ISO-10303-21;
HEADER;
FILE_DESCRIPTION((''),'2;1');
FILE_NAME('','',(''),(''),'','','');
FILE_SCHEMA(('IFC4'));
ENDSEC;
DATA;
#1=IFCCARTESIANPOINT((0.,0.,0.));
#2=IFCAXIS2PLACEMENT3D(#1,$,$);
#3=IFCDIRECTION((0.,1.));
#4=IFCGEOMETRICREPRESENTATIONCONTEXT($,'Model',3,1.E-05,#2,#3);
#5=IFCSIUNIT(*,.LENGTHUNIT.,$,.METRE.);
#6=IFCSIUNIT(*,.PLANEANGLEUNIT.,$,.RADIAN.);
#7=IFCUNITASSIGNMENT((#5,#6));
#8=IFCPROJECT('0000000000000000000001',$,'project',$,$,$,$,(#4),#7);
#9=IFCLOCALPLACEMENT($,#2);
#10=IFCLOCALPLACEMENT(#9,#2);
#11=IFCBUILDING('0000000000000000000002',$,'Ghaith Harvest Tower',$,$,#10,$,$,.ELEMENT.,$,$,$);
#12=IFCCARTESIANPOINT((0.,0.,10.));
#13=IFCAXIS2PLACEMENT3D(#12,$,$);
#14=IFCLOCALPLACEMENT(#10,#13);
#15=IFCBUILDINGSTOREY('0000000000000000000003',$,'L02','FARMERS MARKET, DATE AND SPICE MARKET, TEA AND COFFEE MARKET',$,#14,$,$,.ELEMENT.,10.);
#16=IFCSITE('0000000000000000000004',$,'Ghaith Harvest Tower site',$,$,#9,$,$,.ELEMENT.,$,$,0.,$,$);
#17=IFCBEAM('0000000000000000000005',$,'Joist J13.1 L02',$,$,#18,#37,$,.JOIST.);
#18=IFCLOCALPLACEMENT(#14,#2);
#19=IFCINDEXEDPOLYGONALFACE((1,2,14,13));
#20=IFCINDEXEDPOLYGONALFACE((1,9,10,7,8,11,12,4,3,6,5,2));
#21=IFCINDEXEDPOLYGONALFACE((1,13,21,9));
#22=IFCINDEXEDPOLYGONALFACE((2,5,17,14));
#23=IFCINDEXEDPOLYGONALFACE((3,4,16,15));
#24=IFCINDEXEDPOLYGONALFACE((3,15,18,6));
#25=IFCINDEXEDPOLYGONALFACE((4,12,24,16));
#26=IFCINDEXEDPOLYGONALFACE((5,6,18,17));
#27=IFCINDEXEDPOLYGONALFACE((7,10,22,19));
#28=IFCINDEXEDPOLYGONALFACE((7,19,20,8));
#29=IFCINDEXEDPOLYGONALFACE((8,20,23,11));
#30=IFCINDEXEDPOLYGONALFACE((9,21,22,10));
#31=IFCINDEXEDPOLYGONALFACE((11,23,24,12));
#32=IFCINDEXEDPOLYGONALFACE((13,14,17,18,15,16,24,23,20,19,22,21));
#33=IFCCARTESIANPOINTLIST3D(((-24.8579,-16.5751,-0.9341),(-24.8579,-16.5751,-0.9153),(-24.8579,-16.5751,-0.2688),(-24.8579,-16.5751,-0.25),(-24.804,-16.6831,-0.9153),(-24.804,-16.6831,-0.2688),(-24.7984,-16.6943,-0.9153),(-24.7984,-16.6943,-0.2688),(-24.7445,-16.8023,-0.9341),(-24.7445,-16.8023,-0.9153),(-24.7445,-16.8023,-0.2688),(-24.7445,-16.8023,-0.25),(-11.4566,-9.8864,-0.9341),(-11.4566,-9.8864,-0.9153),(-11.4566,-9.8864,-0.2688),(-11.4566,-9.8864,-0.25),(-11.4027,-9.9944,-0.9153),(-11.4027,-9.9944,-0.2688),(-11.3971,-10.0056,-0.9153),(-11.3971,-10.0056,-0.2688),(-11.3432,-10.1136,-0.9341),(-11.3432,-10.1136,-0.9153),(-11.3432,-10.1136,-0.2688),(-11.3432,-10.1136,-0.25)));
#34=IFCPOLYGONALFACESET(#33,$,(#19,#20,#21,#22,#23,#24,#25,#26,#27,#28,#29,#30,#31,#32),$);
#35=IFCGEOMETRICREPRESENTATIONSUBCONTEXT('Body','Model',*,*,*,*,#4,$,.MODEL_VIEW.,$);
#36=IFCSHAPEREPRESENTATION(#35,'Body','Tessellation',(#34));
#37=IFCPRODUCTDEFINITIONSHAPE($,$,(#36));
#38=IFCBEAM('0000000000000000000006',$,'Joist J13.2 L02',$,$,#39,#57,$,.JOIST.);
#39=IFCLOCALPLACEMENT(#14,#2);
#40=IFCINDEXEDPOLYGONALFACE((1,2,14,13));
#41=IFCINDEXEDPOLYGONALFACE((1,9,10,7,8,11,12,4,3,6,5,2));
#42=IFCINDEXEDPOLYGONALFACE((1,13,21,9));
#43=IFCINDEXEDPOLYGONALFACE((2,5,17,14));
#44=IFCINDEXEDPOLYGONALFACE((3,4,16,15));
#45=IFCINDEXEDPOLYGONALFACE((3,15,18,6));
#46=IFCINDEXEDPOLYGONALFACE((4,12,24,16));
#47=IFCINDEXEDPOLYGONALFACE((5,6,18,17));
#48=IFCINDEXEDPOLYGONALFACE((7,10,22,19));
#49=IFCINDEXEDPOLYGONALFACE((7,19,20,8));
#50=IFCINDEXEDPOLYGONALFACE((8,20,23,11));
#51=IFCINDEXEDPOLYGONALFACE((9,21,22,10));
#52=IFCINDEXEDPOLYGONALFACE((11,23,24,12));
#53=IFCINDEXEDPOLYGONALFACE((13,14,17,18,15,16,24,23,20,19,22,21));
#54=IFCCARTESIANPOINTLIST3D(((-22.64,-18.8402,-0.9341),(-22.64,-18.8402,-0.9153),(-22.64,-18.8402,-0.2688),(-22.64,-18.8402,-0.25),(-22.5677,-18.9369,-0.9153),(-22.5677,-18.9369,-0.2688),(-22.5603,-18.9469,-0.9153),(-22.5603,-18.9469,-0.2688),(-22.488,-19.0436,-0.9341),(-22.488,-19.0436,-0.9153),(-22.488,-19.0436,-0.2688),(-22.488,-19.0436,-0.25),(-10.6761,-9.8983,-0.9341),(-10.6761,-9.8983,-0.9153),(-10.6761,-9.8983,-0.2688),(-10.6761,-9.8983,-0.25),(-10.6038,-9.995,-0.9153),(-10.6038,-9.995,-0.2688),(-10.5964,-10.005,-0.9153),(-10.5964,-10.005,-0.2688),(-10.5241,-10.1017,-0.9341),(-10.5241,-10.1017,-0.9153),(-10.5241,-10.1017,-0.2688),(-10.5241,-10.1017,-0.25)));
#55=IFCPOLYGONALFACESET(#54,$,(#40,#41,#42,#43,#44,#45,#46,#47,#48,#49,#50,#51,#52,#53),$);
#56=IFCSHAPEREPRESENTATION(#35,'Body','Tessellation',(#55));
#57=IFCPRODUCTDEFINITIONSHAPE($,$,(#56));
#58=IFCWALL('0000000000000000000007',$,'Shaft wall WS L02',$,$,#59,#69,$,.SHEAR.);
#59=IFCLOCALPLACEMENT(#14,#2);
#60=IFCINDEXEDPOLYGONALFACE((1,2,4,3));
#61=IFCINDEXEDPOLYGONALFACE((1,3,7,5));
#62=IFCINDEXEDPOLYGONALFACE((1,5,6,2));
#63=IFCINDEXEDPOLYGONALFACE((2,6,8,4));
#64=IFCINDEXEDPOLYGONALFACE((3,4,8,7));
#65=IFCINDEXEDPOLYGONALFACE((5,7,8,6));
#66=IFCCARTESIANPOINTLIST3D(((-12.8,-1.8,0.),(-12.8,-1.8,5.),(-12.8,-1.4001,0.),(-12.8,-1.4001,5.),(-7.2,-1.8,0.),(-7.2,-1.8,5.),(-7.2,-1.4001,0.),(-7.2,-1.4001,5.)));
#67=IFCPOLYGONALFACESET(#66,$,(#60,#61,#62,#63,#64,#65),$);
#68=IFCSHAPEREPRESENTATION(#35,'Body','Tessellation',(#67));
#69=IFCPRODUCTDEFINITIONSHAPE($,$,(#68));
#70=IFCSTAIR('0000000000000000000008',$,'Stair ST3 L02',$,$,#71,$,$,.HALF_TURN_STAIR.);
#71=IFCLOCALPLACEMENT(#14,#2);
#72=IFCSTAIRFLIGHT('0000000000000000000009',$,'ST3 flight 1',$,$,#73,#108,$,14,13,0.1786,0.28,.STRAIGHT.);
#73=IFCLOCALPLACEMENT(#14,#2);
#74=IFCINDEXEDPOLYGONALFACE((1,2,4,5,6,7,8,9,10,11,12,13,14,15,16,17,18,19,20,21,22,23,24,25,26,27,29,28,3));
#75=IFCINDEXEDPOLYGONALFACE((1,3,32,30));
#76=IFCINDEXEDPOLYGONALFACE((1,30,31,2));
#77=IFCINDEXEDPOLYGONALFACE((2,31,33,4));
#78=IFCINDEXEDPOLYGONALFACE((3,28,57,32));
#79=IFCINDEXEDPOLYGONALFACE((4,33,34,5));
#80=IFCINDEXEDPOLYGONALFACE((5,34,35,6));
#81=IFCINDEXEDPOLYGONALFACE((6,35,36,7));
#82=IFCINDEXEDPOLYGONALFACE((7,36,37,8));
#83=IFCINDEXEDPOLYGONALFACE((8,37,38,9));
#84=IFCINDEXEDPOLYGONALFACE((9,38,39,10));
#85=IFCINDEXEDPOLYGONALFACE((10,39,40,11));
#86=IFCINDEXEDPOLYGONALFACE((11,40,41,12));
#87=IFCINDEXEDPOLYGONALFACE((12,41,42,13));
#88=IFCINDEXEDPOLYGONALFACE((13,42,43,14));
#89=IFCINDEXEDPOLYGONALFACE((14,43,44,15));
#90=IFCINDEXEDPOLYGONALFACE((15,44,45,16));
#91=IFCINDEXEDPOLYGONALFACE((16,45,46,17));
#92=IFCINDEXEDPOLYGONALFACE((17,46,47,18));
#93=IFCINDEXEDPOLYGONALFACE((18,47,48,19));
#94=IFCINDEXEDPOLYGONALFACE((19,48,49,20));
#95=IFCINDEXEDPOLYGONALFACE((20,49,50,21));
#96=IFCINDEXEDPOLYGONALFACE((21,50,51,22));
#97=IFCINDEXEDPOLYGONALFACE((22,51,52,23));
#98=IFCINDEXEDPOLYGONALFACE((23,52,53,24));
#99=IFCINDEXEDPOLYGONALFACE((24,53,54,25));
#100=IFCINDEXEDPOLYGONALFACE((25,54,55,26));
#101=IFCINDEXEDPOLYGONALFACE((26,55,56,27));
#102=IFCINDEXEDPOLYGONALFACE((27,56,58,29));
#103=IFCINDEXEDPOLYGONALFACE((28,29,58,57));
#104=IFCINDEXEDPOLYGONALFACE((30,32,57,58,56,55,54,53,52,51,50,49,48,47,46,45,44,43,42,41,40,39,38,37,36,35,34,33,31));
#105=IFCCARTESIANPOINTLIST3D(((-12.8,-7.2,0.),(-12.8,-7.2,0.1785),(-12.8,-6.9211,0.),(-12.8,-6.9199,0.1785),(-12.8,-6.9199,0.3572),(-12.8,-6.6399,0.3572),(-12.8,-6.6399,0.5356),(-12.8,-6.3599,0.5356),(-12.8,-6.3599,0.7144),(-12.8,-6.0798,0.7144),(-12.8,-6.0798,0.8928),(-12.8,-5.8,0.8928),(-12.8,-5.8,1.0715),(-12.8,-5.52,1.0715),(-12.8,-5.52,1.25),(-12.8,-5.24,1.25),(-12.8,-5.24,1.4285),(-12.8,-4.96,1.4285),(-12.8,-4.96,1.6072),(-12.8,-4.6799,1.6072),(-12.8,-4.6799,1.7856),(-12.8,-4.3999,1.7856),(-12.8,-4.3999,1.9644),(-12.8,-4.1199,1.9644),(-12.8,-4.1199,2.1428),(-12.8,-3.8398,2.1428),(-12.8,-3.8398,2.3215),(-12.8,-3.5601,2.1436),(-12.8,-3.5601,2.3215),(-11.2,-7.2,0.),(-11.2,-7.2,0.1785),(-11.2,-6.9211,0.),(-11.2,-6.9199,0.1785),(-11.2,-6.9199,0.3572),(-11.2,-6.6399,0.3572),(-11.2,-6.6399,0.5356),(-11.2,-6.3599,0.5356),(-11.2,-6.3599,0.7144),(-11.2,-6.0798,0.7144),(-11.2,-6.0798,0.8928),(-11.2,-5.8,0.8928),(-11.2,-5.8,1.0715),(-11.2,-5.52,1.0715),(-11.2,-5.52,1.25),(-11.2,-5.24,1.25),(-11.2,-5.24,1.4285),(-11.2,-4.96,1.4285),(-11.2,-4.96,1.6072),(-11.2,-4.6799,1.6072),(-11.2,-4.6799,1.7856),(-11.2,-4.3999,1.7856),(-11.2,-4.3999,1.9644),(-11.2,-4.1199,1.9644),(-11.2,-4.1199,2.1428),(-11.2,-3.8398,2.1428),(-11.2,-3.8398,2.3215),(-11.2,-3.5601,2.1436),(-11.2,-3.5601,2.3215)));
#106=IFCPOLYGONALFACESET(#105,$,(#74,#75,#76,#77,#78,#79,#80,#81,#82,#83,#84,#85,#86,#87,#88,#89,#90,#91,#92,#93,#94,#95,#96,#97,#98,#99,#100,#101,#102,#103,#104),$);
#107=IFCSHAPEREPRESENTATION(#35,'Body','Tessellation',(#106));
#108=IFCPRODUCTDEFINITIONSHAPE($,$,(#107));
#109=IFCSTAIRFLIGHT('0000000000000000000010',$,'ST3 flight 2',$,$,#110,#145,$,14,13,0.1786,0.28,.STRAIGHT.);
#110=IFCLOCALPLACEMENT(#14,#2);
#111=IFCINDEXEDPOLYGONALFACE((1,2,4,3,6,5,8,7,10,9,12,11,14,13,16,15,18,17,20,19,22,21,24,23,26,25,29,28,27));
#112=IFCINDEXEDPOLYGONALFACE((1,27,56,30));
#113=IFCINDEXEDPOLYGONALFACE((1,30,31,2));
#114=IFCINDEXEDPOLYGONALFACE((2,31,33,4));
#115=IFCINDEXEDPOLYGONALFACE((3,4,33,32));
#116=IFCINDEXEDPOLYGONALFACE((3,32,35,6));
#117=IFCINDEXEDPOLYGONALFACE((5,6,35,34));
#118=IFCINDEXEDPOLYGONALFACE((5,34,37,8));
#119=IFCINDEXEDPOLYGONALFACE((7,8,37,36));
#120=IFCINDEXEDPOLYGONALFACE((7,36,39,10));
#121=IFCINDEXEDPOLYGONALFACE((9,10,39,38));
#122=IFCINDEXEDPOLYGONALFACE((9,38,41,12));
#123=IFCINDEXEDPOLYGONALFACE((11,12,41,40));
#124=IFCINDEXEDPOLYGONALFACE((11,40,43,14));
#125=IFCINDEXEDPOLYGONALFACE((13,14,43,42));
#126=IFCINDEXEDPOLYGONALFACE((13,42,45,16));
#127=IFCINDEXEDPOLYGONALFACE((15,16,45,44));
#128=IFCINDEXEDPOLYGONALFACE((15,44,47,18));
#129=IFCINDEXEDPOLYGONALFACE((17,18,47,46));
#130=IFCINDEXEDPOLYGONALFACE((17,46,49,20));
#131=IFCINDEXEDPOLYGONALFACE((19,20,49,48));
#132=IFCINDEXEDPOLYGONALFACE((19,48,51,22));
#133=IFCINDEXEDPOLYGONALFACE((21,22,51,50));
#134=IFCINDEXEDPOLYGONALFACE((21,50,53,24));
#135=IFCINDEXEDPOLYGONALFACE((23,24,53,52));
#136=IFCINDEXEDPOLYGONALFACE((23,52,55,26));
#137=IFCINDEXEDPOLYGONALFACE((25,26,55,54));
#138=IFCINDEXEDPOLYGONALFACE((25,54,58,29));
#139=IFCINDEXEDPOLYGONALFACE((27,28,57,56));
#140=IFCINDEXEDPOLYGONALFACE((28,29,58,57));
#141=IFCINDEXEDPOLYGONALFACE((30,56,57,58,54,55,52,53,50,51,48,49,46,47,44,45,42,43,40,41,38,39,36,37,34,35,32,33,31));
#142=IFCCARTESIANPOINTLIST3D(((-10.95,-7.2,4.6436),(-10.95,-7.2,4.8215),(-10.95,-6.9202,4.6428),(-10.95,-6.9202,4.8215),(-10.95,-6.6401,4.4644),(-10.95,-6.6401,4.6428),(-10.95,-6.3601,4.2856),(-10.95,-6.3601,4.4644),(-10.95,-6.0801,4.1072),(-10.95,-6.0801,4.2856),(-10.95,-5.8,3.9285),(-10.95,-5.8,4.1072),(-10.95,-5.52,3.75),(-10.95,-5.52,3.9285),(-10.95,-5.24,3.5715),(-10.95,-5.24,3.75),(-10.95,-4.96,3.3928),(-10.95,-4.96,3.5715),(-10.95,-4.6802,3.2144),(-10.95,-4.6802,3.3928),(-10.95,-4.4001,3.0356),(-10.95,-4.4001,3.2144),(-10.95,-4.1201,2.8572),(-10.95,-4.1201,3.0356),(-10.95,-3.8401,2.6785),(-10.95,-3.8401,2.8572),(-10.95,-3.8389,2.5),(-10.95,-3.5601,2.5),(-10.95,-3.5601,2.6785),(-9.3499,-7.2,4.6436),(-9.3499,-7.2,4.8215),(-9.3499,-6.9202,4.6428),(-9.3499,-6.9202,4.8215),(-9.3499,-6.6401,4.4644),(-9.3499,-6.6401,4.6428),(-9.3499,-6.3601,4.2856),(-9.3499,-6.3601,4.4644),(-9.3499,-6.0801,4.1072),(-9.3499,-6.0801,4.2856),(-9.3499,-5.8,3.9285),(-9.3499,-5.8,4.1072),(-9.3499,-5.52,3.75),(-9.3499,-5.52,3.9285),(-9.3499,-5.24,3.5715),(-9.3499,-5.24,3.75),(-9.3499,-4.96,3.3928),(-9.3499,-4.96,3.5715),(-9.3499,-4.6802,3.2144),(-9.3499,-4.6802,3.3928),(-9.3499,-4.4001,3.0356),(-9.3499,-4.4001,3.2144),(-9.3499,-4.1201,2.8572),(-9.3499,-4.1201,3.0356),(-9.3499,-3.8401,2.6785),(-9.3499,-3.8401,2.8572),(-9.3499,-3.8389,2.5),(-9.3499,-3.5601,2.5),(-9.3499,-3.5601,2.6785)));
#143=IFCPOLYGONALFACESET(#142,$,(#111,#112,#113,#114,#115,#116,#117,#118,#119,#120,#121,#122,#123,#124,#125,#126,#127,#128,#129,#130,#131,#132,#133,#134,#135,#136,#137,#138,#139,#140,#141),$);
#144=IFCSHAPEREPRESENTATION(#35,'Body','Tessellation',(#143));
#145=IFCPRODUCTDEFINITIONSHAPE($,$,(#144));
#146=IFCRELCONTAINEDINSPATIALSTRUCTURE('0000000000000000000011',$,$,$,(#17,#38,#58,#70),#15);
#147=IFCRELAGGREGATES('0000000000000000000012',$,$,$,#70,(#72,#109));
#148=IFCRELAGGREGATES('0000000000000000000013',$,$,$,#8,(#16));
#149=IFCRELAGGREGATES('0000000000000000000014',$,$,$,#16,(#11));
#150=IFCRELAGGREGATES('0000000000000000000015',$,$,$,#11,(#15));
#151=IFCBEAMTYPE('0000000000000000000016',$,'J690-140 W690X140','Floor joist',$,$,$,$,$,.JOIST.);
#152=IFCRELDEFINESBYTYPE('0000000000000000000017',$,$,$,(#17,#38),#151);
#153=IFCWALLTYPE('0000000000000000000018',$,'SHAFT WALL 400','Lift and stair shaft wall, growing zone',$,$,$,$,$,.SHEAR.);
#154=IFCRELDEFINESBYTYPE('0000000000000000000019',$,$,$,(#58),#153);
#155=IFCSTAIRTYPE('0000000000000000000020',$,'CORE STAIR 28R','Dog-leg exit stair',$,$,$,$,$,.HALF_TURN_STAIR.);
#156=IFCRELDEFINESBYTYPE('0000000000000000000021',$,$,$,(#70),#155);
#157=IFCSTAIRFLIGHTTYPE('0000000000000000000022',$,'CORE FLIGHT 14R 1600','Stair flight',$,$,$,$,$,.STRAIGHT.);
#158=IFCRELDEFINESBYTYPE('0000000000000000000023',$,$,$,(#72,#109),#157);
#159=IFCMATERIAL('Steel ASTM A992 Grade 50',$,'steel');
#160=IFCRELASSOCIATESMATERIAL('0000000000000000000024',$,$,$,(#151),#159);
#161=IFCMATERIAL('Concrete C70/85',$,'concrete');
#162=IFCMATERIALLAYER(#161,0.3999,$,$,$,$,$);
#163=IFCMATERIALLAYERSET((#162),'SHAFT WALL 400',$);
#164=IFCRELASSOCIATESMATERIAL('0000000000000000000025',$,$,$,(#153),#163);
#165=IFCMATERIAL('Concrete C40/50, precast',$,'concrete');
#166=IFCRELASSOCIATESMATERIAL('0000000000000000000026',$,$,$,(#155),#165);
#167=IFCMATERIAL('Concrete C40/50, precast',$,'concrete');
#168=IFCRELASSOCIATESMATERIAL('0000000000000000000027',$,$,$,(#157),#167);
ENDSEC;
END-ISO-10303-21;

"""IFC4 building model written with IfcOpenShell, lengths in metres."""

from ifc_helpers import new_model, si_unit, direction, frame, frame_2d, origin, origin_2d, place, context, subcontext, project, spatial, polyline, rectangle, i_section, outline, extrude, material, layer, layer_set, material_profile, profile_set, type_object, element, aggregate, save


model = new_model("IFC4")

# Units and contexts
model_context = context("Model", 3, precision=1e-05, world=origin(), true_north=direction((0.0, 1.0)))
body_context = subcontext(model_context, "Body", "Model", "MODEL_VIEW")
ifc_project = project(units=[si_unit("LENGTHUNIT", "METRE"), si_unit("PLANEANGLEUNIT", "RADIAN")], contexts=[model_context])

# Site, building, storey
site_placement = place(None, origin())
site = spatial("IfcSite", under=ifc_project, at=site_placement, Name="Ghaith Harvest Tower site", CompositionType="ELEMENT", RefElevation=0.0)
building_placement = place(site_placement, origin())
building = spatial("IfcBuilding", under=site, at=building_placement, Name="Ghaith Harvest Tower", CompositionType="ELEMENT")
storey_placement = place(building_placement, frame((0.0, 0.0, 10.0)))
storey = spatial("IfcBuildingStorey", under=building, at=storey_placement, Name="L02", Description="FARMERS MARKET, DATE AND SPICE MARKET, TEA AND COFFEE MARKET", CompositionType="ELEMENT", Elevation=10.0)

# Beams
ifc_material_1 = material(Name="Steel ASTM A992 Grade 50", Category="steel")
ifc_material_profile_1 = material_profile(ifc_material_1, i_section(OverallWidth=0.2539, OverallDepth=0.6841, WebThickness=0.0125, FlangeThickness=0.0188, at=origin_2d()), Name="W690X140")
ifc_profile_set_1 = profile_set([ifc_material_profile_1], Name="Steel ASTM A992 Grade 50")
beam_type_1 = type_object("IfcBeamType", Name="J690-140 W690X140", Description="Floor joist", PredefinedType="JOIST", material=ifc_profile_set_1)
beam_1_placement = place(storey_placement, frame((-11.3999, -10.0, -0.592), z_axis=(-0.894746, -0.446575, 0.0), x_axis=(0.446575, -0.894746, 0.0)))
element("IfcBeam", 1, at=beam_1_placement, inside=storey, type_object=beam_type_1, Name="Joist J13.1 L02", PredefinedType="JOIST", context=body_context, shape_type="SweptSolid", body=[
    extrude(i_section(OverallWidth=0.2539, OverallDepth=0.6841, WebThickness=0.0125, FlangeThickness=0.0188, at=origin_2d()), origin(), (0.0, 0.0, 1.0), 14.9778),
])
beam_2_placement = place(storey_placement, frame((-10.6001, -10.0, -0.592), z_axis=(-0.800995, -0.598671, 0.0), x_axis=(0.598671, -0.800995, 0.0)))
element("IfcBeam", 2, at=beam_2_placement, inside=storey, type_object=beam_type_1, Name="Joist J13.2 L02", PredefinedType="JOIST", context=body_context, shape_type="SweptSolid", body=[
    extrude(i_section(OverallWidth=0.2539, OverallDepth=0.6841, WebThickness=0.0125, FlangeThickness=0.0188, at=origin_2d()), origin(), (0.0, 0.0, 1.0), 14.9363),
])

# Wall
ifc_material_2 = material(Name="Concrete C70/85", Category="concrete")
ifc_layer_1 = layer(ifc_material_2, 0.3999)
ifc_layer_set_1 = layer_set([ifc_layer_1], Name="SHAFT WALL 400")
wall_type_1 = type_object("IfcWallType", Name="SHAFT WALL 400", Description="Lift and stair shaft wall, growing zone", PredefinedType="SHEAR", material=ifc_layer_set_1)
wall_1_placement = place(storey_placement, frame((-12.8, -1.6001, 0.0), z_axis=(0.0, 0.0, 1.0), x_axis=(1.0, 0.0, 0.0)))
element("IfcWall", 3, at=wall_1_placement, inside=storey, type_object=wall_type_1, Name="Shaft wall WS L02", PredefinedType="SHEAR", context=body_context, shape_type="SweptSolid", body=[
    extrude(rectangle(XDim=5.6001, YDim=0.3999, at=frame_2d((2.8, 0.0))), origin(), (0.0, 0.0, 1.0), 5.0),
])

# Stair, stair flights
ifc_material_3 = material(Name="Concrete C40/50, precast", Category="concrete")
stair_type = type_object("IfcStairType", Name="CORE STAIR 28R", Description="Dog-leg exit stair", PredefinedType="HALF_TURN_STAIR", material=ifc_material_3)
stair_placement = place(storey_placement, origin())
stair = element("IfcStair", 4, at=stair_placement, inside=storey, type_object=stair_type, Name="Stair ST3 L02", PredefinedType="HALF_TURN_STAIR")
ifc_material_4 = material(Name="Concrete C40/50, precast", Category="concrete")
stair_flight_type = type_object("IfcStairFlightType", Name="CORE FLIGHT 14R 1600", Description="Stair flight", PredefinedType="STRAIGHT", material=ifc_material_4)
stair_flight_1_placement = place(storey_placement, frame((-12.0, -7.2, 0.0), z_axis=(0.0, 0.0, 1.0), x_axis=(0.0, 1.0, 0.0)))
stair_flight_1 = element("IfcStairFlight", 5, at=stair_flight_1_placement, type_object=stair_flight_type, Name="ST3 flight 1", NumberOfRisers=14, NumberOfTreads=13, PredefinedType="STRAIGHT", RiserHeight=0.1786, TreadLength=0.28, context=body_context, shape_type="SweptSolid", body=[
    extrude(outline(polyline([(0.0, 0.0), (0.0, 0.1785), (0.28, 0.1785), (0.28, 0.3572), (0.5601, 0.3572), (0.5601, 0.5356), (0.8401, 0.5356), (0.8401, 0.7144), (1.1201, 0.7144), (1.1201, 0.8928), (1.3999, 0.8928), (1.3999, 1.0715), (1.6799, 1.0715), (1.6799, 1.25), (1.96, 1.25), (1.96, 1.4285), (2.24, 1.4285), (2.24, 1.6072), (2.52, 1.6072), (2.52, 1.7856), (2.8, 1.7856), (2.8, 1.9644), (3.0801, 1.9644), (3.0801, 2.1428), (3.3601, 2.1428), (3.3601, 2.3215), (3.6399, 2.3215), (3.6399, 2.5), (3.6399, 2.1436), (0.2788, 0.0), (0.0, 0.0)])), frame((0.0, 0.8, 0.0), z_axis=(0.0, -1.0, 0.0), x_axis=(1.0, 0.0, 0.0)), (0.0, 0.0, 1.0), 1.6001),
])
stair_flight_2_placement = place(storey_placement, frame((-10.1499, -3.5601, 2.5), z_axis=(0.0, 0.0, 1.0), x_axis=(0.0, -1.0, 0.0)))
stair_flight_2 = element("IfcStairFlight", 6, at=stair_flight_2_placement, type_object=stair_flight_type, Name="ST3 flight 2", NumberOfRisers=14, NumberOfTreads=13, PredefinedType="STRAIGHT", RiserHeight=0.1786, TreadLength=0.28, context=body_context, shape_type="SweptSolid", body=[
    extrude(outline(polyline([(0.0, 0.0), (0.0, 0.1785), (0.28, 0.1785), (0.28, 0.3572), (0.5601, 0.3572), (0.5601, 0.5356), (0.8401, 0.5356), (0.8401, 0.7144), (1.1201, 0.7144), (1.1201, 0.8928), (1.3999, 0.8928), (1.3999, 1.0715), (1.6799, 1.0715), (1.6799, 1.25), (1.96, 1.25), (1.96, 1.4285), (2.24, 1.4285), (2.24, 1.6072), (2.52, 1.6072), (2.52, 1.7856), (2.8, 1.7856), (2.8, 1.9644), (3.0801, 1.9644), (3.0801, 2.1428), (3.3601, 2.1428), (3.3601, 2.3215), (3.6399, 2.3215), (3.6399, 2.5), (3.6399, 2.1436), (0.2788, 0.0), (0.0, 0.0)])), frame((0.0, 0.8, 0.0), z_axis=(0.0, -1.0, 0.0), x_axis=(1.0, 0.0, 0.0)), (0.0, 0.0, 1.0), 1.6001),
])
aggregate(stair, [stair_flight_1, stair_flight_2])

save(model, "model.ifc")
